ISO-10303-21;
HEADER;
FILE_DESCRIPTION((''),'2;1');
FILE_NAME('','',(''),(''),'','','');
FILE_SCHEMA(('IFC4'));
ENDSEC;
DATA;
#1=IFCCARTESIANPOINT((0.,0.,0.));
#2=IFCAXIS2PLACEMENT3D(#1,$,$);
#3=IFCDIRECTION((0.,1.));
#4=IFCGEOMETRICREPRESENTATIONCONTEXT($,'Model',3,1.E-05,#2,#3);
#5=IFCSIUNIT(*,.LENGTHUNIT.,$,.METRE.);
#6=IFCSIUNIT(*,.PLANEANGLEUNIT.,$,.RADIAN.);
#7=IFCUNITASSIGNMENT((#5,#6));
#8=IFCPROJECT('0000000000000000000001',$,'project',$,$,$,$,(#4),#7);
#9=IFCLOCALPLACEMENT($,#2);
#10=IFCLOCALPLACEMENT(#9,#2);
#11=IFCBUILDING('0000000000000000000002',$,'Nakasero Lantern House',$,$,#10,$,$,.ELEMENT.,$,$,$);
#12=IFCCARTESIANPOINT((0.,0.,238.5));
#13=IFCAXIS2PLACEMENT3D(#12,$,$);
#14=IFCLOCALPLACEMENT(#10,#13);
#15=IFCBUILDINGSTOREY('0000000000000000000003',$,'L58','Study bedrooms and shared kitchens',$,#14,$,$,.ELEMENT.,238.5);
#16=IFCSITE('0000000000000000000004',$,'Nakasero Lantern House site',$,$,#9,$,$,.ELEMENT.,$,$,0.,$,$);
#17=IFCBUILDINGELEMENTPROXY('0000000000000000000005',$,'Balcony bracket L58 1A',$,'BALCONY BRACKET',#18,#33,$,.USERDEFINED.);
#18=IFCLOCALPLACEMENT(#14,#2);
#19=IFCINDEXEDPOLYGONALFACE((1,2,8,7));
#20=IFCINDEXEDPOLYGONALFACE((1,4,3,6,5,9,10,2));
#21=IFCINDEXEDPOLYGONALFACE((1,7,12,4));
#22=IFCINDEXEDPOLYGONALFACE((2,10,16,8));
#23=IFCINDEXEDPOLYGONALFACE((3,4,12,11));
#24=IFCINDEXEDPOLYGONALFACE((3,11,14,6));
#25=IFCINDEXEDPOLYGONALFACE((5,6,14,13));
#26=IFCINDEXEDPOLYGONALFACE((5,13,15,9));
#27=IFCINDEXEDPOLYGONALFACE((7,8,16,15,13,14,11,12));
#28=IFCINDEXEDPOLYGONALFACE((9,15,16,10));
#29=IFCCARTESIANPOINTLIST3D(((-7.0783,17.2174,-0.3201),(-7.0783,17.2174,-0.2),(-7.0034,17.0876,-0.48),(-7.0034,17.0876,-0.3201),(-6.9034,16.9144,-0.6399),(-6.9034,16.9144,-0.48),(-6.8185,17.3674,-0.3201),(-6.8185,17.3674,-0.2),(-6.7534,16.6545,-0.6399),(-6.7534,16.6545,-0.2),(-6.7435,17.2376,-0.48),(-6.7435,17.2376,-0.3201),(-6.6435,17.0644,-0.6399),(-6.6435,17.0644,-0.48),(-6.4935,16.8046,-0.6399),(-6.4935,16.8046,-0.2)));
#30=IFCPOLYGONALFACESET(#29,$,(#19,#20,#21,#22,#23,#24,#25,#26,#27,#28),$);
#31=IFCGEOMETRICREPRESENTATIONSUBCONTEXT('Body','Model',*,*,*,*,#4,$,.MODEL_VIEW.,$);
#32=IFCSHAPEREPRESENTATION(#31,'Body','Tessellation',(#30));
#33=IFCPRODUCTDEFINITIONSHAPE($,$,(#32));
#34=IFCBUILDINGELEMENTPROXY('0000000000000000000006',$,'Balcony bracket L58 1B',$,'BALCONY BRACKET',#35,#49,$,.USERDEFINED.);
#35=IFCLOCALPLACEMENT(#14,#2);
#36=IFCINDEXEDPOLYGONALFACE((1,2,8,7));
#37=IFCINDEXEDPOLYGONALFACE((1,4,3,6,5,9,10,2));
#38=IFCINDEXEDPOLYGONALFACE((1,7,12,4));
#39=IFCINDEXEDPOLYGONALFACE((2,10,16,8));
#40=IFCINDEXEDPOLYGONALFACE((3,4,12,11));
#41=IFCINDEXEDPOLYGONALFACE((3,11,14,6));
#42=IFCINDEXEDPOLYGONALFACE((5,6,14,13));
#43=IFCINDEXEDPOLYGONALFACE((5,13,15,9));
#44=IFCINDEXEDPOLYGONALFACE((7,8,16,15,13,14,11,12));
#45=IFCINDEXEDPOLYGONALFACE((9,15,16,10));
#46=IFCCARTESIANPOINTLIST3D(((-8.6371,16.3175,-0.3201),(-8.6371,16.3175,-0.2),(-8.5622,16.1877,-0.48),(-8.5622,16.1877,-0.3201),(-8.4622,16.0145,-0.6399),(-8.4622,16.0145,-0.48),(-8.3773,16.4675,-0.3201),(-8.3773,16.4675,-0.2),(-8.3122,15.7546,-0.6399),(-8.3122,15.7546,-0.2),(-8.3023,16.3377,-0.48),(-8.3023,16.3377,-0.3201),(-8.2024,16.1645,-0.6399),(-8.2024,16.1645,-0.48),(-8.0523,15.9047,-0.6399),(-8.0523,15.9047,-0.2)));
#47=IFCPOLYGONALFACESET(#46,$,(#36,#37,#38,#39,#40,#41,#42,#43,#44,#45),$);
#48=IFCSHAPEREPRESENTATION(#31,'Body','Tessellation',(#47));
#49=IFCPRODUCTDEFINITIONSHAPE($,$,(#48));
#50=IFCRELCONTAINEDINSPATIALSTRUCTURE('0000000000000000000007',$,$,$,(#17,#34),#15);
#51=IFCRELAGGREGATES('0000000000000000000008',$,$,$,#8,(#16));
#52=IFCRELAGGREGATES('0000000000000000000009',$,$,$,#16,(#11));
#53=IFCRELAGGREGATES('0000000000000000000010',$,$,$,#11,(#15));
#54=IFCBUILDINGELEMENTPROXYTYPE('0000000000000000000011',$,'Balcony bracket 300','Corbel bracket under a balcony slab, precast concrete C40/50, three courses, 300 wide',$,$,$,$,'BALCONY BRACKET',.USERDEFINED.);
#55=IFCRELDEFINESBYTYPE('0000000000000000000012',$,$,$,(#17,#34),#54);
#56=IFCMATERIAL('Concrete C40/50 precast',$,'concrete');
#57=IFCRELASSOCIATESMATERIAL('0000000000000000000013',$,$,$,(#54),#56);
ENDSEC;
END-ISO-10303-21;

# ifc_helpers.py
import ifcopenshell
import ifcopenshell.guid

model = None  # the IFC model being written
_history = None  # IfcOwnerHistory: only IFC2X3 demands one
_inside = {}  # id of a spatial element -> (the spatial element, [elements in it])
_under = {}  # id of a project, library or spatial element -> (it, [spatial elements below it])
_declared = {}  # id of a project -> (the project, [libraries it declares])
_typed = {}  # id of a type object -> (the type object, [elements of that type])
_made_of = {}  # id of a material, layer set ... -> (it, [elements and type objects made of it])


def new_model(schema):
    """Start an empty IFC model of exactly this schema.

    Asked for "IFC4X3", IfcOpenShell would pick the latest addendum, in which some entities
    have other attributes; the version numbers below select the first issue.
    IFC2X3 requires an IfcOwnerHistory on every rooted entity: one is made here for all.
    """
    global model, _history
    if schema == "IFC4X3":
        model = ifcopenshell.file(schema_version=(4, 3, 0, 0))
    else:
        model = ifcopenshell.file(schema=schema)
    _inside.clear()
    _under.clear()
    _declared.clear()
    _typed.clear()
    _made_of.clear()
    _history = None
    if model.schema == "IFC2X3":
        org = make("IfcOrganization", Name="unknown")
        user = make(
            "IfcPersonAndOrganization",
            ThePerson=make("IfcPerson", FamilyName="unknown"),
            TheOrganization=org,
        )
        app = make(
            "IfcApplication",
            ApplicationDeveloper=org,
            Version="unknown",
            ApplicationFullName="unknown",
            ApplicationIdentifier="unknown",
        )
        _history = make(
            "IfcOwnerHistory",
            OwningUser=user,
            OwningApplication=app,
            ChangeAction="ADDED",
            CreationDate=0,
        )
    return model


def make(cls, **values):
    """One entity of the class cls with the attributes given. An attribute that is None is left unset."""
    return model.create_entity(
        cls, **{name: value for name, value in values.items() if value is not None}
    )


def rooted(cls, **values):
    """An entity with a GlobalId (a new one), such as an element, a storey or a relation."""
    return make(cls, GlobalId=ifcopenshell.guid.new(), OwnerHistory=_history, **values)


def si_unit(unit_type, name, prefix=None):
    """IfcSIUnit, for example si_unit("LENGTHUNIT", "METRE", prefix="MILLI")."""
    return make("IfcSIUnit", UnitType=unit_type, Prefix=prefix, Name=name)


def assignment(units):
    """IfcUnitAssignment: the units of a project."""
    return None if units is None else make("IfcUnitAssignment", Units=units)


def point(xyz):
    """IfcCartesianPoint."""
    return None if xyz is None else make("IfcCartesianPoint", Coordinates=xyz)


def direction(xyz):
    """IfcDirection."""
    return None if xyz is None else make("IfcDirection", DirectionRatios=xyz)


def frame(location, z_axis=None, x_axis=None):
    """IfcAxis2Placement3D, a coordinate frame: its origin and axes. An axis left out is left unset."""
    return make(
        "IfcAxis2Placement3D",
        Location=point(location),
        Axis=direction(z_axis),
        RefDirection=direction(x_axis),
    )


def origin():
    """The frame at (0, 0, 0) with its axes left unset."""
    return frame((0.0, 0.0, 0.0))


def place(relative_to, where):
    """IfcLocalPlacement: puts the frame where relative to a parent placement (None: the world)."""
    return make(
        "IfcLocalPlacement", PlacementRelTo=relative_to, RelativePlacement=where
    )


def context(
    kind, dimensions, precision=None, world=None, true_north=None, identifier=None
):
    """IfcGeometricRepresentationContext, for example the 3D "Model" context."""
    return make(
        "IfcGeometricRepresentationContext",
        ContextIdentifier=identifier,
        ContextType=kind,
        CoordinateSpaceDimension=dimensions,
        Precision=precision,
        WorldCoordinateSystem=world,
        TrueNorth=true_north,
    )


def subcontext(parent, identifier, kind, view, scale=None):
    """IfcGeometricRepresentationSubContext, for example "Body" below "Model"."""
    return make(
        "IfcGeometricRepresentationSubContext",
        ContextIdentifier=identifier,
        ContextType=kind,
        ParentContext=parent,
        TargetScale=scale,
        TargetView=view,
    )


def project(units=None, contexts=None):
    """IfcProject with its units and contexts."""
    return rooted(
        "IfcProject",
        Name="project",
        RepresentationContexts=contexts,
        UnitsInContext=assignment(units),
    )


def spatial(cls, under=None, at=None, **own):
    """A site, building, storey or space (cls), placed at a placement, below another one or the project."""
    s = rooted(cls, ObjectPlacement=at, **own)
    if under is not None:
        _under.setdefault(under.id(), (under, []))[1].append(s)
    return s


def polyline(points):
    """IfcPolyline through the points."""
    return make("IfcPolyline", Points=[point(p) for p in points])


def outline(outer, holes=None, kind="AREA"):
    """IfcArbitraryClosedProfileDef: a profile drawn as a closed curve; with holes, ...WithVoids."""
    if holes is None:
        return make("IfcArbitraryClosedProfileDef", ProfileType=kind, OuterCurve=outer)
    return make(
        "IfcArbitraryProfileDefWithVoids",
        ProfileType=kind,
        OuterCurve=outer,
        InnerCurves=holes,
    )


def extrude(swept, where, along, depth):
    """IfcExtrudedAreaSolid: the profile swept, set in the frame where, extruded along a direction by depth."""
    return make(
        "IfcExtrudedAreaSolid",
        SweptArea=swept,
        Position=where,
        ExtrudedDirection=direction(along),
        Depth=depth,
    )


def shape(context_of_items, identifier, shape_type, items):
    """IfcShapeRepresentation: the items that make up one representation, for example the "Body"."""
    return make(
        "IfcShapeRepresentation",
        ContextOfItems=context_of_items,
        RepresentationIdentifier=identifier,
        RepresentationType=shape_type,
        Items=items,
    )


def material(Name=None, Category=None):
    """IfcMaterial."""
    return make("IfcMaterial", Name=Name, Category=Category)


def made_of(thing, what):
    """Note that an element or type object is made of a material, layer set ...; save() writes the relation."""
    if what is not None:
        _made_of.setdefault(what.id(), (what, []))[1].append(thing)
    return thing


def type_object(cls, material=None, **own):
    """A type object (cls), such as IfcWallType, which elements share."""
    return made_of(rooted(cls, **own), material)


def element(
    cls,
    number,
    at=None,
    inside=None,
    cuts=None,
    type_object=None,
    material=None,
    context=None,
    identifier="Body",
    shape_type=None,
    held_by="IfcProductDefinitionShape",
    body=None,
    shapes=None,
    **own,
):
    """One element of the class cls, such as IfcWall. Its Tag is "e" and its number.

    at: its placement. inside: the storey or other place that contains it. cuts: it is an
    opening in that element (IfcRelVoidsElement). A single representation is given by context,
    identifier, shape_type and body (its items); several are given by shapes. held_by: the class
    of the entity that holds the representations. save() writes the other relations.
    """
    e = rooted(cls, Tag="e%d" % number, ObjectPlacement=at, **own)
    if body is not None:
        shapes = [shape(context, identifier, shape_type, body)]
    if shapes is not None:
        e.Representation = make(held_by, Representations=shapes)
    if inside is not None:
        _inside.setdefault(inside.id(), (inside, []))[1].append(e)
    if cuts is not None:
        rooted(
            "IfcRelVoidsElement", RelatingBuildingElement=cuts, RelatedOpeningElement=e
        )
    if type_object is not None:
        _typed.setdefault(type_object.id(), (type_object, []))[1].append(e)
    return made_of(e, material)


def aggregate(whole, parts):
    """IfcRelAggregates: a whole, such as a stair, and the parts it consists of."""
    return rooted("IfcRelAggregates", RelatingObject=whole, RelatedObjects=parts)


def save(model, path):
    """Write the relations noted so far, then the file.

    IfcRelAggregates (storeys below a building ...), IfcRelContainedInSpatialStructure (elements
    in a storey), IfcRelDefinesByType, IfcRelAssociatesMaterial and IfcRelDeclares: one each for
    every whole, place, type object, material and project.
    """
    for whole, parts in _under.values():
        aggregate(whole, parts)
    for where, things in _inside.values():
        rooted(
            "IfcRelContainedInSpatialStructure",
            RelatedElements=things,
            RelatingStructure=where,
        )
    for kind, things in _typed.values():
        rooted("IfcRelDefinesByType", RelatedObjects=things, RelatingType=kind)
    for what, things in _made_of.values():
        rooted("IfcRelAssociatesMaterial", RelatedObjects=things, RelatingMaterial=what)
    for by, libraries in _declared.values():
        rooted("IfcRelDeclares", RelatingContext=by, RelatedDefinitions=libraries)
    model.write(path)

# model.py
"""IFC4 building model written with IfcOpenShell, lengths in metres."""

from ifc_helpers import new_model, si_unit, direction, frame, origin, place, context, subcontext, project, spatial, polyline, outline, extrude, material, type_object, element, save


model = new_model("IFC4")

# Units and contexts
model_context = context("Model", 3, precision=1e-05, world=origin(), true_north=direction((0.0, 1.0)))
body_context = subcontext(model_context, "Body", "Model", "MODEL_VIEW")
ifc_project = project(units=[si_unit("LENGTHUNIT", "METRE"), si_unit("PLANEANGLEUNIT", "RADIAN")], contexts=[model_context])

# Site, building, storey
site_placement = place(None, origin())
site = spatial("IfcSite", under=ifc_project, at=site_placement, Name="Nakasero Lantern House site", CompositionType="ELEMENT", RefElevation=0.0)
building_placement = place(site_placement, origin())
building = spatial("IfcBuilding", under=site, at=building_placement, Name="Nakasero Lantern House", CompositionType="ELEMENT")
storey_placement = place(building_placement, frame((0.0, 0.0, 238.5)))
storey = spatial("IfcBuildingStorey", under=building, at=storey_placement, Name="L58", Description="Study bedrooms and shared kitchens", CompositionType="ELEMENT", Elevation=238.5)

# Building element proxies
ifc_material_1 = material(Name="Concrete C40/50 precast", Category="concrete")
building_element_proxy_type = type_object("IfcBuildingElementProxyType", Name="Balcony bracket 300", Description="Corbel bracket under a balcony slab, precast concrete C40/50, three courses, 300 wide", ElementType="BALCONY BRACKET", PredefinedType="USERDEFINED", material=ifc_material_1)
for number, where, z_axis, x_axis, name in (
    (1, (-6.6235, 16.7295, -0.2), (0.0, 0.0, 1.0), (-0.5, 0.866025, 0.0), "Balcony bracket L58 1A"),
    (2, (-8.1824, 15.8296, -0.2), (0.0, 0.0, 1.0), (-0.5, 0.866025, 0.0), "Balcony bracket L58 1B"),
):
    element("IfcBuildingElementProxy", number, at=place(storey_placement, frame(where, z_axis=z_axis, x_axis=x_axis)), inside=storey, type_object=building_element_proxy_type, Name=name, ObjectType="BALCONY BRACKET", PredefinedType="USERDEFINED", context=body_context, shape_type="SweptSolid", body=[
        extrude(outline(polyline([(0.0, 0.0), (0.6499, 0.0), (0.6499, -0.1201), (0.5, -0.1201), (0.5, -0.28), (0.3, -0.28), (0.3, -0.4399), (0.0, -0.4399), (0.0, 0.0)])), frame((0.0, 0.1499, 0.0), z_axis=(0.0, -1.0, 0.0), x_axis=(1.0, 0.0, 0.0)), (0.0, 0.0, 1.0), 0.3),
    ])

save(model, "model.ifc")
